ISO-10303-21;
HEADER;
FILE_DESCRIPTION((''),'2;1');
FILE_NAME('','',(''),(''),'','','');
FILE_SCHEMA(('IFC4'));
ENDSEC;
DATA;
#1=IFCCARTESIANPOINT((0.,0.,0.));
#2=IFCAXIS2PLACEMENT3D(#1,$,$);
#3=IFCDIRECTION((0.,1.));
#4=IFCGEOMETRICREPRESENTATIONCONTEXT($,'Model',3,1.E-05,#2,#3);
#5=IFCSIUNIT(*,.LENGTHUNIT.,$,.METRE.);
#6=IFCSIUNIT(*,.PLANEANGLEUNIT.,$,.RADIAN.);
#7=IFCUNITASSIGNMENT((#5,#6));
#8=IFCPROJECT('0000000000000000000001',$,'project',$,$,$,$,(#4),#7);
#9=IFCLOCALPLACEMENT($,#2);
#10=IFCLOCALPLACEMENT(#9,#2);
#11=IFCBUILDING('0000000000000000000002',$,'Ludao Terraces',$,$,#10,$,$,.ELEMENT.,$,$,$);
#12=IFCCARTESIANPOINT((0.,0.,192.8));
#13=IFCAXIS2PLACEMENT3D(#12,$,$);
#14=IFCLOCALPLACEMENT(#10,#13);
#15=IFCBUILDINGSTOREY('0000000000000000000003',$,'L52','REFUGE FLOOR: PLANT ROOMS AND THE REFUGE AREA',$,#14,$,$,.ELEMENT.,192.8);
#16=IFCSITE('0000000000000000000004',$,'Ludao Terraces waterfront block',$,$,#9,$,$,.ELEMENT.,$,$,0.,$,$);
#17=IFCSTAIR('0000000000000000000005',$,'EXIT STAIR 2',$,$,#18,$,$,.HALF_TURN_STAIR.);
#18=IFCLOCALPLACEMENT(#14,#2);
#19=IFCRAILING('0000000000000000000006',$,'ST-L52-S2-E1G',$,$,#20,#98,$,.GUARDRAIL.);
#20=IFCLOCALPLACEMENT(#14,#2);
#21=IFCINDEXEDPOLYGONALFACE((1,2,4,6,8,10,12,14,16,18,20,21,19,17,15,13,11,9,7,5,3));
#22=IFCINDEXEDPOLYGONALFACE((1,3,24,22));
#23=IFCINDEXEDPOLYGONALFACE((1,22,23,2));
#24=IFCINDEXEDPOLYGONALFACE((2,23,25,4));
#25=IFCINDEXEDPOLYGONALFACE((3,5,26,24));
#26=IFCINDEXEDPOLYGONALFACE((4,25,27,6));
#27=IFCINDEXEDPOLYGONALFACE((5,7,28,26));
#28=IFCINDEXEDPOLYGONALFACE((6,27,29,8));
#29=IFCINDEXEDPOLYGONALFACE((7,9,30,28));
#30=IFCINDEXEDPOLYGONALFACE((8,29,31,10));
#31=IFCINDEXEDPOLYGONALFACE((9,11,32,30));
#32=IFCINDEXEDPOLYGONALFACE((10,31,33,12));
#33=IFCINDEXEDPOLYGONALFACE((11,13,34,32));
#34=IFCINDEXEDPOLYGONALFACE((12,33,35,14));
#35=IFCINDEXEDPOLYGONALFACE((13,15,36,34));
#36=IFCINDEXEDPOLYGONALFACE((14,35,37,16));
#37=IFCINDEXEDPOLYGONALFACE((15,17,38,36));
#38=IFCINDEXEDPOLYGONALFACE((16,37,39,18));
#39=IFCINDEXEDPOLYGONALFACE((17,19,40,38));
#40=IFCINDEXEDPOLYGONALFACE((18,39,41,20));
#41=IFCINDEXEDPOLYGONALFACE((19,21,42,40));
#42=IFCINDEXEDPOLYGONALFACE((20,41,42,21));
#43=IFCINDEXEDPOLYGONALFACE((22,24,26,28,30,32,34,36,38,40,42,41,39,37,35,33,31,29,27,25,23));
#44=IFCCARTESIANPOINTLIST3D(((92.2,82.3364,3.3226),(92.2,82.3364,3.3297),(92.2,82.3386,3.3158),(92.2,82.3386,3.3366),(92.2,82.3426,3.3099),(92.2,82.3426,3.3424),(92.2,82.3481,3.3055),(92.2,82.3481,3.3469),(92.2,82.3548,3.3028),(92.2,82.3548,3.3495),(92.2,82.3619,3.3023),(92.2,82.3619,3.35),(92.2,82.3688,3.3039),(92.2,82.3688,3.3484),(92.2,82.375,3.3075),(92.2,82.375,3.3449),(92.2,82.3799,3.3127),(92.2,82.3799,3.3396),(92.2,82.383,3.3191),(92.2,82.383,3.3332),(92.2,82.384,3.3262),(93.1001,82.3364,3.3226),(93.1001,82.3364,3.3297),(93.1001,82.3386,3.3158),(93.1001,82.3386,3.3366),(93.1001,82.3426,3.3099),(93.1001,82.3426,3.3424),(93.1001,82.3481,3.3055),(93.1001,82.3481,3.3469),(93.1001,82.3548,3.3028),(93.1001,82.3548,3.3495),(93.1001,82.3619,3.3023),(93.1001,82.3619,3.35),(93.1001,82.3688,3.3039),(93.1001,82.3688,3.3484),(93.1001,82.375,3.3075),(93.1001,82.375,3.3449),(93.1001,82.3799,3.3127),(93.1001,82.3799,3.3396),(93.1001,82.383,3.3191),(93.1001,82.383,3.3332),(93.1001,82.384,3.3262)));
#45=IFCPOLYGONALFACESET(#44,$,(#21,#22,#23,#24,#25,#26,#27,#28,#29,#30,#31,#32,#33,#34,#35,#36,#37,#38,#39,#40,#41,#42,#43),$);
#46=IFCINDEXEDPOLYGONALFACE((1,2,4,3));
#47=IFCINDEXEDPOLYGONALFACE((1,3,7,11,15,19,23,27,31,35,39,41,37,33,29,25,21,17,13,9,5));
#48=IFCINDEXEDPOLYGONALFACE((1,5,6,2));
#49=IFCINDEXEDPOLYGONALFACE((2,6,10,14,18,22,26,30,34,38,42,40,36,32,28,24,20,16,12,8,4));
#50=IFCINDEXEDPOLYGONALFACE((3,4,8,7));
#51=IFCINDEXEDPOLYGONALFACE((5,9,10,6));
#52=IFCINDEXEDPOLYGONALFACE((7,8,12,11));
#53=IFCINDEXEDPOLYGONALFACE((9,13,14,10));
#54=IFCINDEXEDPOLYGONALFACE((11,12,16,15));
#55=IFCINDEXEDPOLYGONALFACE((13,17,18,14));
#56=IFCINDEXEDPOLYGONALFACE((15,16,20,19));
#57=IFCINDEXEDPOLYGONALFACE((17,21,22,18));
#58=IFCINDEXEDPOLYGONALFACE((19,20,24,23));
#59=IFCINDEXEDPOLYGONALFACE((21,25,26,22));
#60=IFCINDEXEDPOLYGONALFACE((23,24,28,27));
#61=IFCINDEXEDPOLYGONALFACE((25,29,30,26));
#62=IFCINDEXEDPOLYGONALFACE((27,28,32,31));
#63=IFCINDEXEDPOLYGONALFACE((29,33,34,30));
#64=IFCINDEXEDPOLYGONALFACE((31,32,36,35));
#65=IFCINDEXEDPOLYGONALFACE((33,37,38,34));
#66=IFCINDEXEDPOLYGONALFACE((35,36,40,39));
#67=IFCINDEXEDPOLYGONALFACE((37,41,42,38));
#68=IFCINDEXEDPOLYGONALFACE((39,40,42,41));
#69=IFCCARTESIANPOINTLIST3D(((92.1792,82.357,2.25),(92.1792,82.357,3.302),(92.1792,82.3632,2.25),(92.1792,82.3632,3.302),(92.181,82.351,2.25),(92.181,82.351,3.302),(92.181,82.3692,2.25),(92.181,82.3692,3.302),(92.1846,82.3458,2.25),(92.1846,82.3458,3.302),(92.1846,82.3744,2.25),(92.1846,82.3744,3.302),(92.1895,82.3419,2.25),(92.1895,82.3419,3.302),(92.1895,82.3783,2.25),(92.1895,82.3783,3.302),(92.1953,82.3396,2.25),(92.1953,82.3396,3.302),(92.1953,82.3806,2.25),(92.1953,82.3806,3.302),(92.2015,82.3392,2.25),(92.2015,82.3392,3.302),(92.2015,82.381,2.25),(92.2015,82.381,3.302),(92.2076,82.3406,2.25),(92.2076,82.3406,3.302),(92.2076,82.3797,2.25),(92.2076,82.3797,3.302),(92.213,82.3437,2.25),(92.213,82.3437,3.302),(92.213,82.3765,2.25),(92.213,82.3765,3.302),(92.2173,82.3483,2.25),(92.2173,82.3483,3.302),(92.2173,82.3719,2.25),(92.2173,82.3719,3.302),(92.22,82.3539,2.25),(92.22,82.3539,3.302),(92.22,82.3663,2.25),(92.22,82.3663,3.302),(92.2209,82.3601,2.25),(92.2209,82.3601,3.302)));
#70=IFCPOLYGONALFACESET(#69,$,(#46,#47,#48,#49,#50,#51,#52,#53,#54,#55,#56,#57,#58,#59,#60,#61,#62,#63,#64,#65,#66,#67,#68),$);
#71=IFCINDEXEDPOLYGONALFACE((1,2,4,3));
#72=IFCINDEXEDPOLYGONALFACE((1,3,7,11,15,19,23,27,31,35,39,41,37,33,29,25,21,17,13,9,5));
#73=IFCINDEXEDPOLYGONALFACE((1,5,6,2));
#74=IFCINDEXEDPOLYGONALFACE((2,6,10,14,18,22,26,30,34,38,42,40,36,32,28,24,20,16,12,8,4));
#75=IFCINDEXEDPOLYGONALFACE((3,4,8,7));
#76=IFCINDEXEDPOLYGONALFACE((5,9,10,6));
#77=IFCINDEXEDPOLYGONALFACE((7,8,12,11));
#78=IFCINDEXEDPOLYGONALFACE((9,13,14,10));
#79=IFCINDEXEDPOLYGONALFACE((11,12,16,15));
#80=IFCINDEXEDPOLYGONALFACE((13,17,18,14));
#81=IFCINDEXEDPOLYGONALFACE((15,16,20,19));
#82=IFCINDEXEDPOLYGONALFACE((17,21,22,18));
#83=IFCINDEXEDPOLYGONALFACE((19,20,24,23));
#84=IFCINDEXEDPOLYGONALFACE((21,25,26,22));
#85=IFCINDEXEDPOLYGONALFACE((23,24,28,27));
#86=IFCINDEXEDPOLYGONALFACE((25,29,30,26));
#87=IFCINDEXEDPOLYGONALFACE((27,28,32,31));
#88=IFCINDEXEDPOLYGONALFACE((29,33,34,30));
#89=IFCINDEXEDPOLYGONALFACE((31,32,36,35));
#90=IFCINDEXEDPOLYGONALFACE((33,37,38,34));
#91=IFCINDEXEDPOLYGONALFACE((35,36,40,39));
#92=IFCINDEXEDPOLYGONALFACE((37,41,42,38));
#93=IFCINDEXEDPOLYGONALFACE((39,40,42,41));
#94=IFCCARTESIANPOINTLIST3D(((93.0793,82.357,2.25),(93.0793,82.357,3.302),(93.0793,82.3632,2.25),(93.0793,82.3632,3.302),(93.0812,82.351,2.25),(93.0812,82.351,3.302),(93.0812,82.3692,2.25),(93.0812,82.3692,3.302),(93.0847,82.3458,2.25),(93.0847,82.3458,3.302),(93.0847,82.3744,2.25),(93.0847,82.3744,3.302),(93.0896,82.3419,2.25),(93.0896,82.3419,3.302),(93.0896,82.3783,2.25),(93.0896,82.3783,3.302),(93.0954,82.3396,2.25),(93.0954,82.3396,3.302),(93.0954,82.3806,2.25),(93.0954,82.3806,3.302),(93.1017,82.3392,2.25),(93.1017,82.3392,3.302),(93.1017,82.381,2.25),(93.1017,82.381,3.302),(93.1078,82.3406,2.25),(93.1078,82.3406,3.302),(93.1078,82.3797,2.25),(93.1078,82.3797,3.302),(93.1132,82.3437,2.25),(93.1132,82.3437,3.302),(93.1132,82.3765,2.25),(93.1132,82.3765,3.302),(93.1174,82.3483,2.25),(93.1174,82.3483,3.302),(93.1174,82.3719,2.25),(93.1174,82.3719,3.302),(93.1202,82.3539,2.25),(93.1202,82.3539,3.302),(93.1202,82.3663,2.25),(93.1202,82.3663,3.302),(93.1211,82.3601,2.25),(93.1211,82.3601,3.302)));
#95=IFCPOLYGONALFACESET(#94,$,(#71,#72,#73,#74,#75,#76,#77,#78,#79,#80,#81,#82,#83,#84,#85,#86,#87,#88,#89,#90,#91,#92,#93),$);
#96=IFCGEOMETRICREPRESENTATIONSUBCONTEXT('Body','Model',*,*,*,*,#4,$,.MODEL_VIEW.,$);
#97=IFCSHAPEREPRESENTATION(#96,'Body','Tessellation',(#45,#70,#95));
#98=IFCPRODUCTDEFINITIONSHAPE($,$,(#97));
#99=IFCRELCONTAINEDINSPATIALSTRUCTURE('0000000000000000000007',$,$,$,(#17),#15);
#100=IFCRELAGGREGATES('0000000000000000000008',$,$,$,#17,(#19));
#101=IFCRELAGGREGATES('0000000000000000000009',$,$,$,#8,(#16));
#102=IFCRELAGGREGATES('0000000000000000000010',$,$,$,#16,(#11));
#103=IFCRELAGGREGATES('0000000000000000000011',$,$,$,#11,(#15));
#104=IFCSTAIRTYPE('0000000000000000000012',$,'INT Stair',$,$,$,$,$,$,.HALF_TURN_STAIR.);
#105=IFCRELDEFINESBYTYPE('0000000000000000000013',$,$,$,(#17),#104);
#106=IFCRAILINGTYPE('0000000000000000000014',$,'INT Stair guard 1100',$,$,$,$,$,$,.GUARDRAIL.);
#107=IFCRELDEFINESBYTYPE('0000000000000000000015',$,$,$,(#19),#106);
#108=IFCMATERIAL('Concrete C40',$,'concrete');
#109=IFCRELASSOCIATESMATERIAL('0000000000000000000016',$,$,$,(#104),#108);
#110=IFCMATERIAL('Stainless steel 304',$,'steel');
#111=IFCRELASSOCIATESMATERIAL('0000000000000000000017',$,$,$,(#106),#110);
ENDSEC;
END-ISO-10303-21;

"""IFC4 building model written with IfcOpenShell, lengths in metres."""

from ifc_helpers import new_model, si_unit, direction, frame, origin, origin_2d, place, context, subcontext, project, spatial, circle, extrude, material, type_object, element, aggregate, save


model = new_model("IFC4")

# Units and contexts
model_context = context("Model", 3, precision=1e-05, world=origin(), true_north=direction((0.0, 1.0)))
body_context = subcontext(model_context, "Body", "Model", "MODEL_VIEW")
ifc_project = project(units=[si_unit("LENGTHUNIT", "METRE"), si_unit("PLANEANGLEUNIT", "RADIAN")], contexts=[model_context])

# Site, building, storey
site_placement = place(None, origin())
site = spatial("IfcSite", under=ifc_project, at=site_placement, Name="Ludao Terraces waterfront block", CompositionType="ELEMENT", RefElevation=0.0)
building_placement = place(site_placement, origin())
building = spatial("IfcBuilding", under=site, at=building_placement, Name="Ludao Terraces", CompositionType="ELEMENT")
storey_placement = place(building_placement, frame((0.0, 0.0, 192.8)))
storey = spatial("IfcBuildingStorey", under=building, at=storey_placement, Name="L52", Description="REFUGE FLOOR: PLANT ROOMS AND THE REFUGE AREA", CompositionType="ELEMENT", Elevation=192.8)

# Shared definitions
ifc_material_1 = material(Name="Stainless steel 304", Category="steel")

# Stair, railing
ifc_material_2 = material(Name="Concrete C40", Category="concrete")
stair_type = type_object("IfcStairType", Name="INT Stair", PredefinedType="HALF_TURN_STAIR", material=ifc_material_2)
stair_placement = place(storey_placement, origin())
stair = element("IfcStair", 1, at=stair_placement, inside=storey, type_object=stair_type, Name="EXIT STAIR 2", PredefinedType="HALF_TURN_STAIR")
railing_type = type_object("IfcRailingType", Name="INT Stair guard 1100", PredefinedType="GUARDRAIL", material=ifc_material_1)
railing_1_placement = place(storey_placement, frame((92.2, 82.3601, 2.25)))
railing_1 = element("IfcRailing", 2, at=railing_1_placement, type_object=railing_type, Name="ST-L52-S2-E1G", PredefinedType="GUARDRAIL", context=body_context, shape_type="SweptSolid", body=[
    extrude(circle(Radius=0.0239, at=origin_2d()), frame((0.0, 0.0, 1.0762), z_axis=(1.0, 0.0, 0.0), x_axis=(0.0, 1.0, 0.0)), (0.0, 0.0, 1.0), 0.9001),
    extrude(circle(Radius=0.021, at=origin_2d()), origin(), (0.0, 0.0, 1.0), 1.052),
    extrude(circle(Radius=0.021, at=origin_2d()), frame((0.9001, 0.0, 0.0)), (0.0, 0.0, 1.0), 1.052),
])
aggregate(stair, [railing_1])

save(model, "model.ifc")
